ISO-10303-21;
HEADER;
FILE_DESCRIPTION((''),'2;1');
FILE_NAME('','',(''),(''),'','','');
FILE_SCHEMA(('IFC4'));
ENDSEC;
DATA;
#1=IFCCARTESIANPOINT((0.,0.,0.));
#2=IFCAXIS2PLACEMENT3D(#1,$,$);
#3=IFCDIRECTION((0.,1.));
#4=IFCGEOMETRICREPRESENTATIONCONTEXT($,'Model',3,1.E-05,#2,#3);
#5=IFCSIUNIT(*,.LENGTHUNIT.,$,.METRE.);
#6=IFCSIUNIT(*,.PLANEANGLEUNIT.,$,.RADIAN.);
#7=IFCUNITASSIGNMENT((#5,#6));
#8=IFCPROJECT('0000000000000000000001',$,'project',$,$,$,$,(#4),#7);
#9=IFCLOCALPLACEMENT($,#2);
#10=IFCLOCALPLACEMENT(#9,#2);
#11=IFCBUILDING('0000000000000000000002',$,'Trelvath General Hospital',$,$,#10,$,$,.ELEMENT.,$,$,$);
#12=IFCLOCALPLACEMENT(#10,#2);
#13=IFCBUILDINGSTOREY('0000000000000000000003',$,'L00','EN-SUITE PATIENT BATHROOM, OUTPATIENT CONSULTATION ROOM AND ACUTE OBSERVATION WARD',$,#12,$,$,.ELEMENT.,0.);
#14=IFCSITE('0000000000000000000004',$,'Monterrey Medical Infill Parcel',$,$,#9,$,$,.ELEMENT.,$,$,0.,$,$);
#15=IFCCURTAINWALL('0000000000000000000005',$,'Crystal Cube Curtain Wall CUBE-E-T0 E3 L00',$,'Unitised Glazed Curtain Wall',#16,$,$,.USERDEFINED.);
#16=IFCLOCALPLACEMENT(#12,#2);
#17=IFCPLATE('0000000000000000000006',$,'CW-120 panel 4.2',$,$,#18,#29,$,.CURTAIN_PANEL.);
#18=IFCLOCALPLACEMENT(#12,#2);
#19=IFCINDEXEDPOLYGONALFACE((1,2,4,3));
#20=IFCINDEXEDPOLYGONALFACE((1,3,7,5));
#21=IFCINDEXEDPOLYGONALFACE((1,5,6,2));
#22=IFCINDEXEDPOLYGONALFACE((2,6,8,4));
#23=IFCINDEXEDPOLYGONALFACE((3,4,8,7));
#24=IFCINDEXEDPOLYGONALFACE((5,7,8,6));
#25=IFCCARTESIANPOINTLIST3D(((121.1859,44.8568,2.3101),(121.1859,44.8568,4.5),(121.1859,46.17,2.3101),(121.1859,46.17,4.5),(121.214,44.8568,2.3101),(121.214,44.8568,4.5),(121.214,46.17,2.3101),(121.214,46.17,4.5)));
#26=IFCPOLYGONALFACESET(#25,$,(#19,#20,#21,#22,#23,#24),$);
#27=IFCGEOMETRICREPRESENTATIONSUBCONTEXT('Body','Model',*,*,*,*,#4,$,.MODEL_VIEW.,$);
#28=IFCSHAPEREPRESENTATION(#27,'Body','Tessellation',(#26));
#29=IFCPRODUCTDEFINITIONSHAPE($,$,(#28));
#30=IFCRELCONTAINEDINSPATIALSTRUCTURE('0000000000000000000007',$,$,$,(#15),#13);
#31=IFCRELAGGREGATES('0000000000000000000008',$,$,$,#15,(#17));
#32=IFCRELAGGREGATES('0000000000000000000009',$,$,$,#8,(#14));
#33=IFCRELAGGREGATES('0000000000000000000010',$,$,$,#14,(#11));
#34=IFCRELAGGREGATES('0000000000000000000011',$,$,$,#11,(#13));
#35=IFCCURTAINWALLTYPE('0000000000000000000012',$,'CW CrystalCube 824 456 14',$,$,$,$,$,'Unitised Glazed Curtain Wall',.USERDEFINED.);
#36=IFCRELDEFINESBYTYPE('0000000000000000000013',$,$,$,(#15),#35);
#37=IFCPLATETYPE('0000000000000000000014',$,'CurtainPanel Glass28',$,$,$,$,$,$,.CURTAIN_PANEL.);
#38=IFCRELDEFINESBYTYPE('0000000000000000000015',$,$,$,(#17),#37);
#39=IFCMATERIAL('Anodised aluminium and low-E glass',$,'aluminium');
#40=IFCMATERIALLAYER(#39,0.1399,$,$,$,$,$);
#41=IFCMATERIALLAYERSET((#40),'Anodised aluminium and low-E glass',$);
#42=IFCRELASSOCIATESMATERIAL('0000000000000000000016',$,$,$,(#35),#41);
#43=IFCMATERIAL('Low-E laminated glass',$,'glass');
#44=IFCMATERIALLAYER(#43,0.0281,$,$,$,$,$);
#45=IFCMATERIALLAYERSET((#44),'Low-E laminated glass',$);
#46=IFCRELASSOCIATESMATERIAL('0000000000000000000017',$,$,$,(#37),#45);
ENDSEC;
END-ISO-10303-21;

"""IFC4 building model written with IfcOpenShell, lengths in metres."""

from ifc_helpers import new_model, si_unit, direction, frame, origin, origin_2d, place, context, subcontext, project, spatial, rectangle, extrude, material, layer, layer_set, type_object, element, aggregate, save


model = new_model("IFC4")

# Units and contexts
model_context = context("Model", 3, precision=1e-05, world=origin(), true_north=direction((0.0, 1.0)))
body_context = subcontext(model_context, "Body", "Model", "MODEL_VIEW")
ifc_project = project(units=[si_unit("LENGTHUNIT", "METRE"), si_unit("PLANEANGLEUNIT", "RADIAN")], contexts=[model_context])

# Site, building, storey
site_placement = place(None, origin())
site = spatial("IfcSite", under=ifc_project, at=site_placement, Name="Monterrey Medical Infill Parcel", CompositionType="ELEMENT", RefElevation=0.0)
building_placement = place(site_placement, origin())
building = spatial("IfcBuilding", under=site, at=building_placement, Name="Trelvath General Hospital", CompositionType="ELEMENT")
storey_placement = place(building_placement, origin())
storey = spatial("IfcBuildingStorey", under=building, at=storey_placement, Name="L00", Description="EN-SUITE PATIENT BATHROOM, OUTPATIENT CONSULTATION ROOM AND ACUTE OBSERVATION WARD", CompositionType="ELEMENT", Elevation=0.0)

# Curtain wall, plate
ifc_material_1 = material(Name="Anodised aluminium and low-E glass", Category="aluminium")
ifc_layer_1 = layer(ifc_material_1, 0.1399)
ifc_layer_set_1 = layer_set([ifc_layer_1], Name="Anodised aluminium and low-E glass")
curtain_wall_type = type_object("IfcCurtainWallType", Name="CW CrystalCube 824 456 14", ElementType="Unitised Glazed Curtain Wall", PredefinedType="USERDEFINED", material=ifc_layer_set_1)
curtain_wall_placement = place(storey_placement, origin())
curtain_wall = element("IfcCurtainWall", 1, at=curtain_wall_placement, inside=storey, type_object=curtain_wall_type, Name="Crystal Cube Curtain Wall CUBE-E-T0 E3 L00", ObjectType="Unitised Glazed Curtain Wall", PredefinedType="USERDEFINED")
ifc_material_2 = material(Name="Low-E laminated glass", Category="glass")
ifc_layer_2 = layer(ifc_material_2, 0.0281)
ifc_layer_set_2 = layer_set([ifc_layer_2], Name="Low-E laminated glass")
plate_type = type_object("IfcPlateType", Name="CurtainPanel Glass28", PredefinedType="CURTAIN_PANEL", material=ifc_layer_set_2)
plate_1_placement = place(storey_placement, frame((121.2, 45.5134, 2.3101), z_axis=(0.0, 0.0, 1.0), x_axis=(0.0, -1.0, 0.0)))
plate_1 = element("IfcPlate", 2, at=plate_1_placement, type_object=plate_type, Name="CW-120 panel 4.2", PredefinedType="CURTAIN_PANEL", context=body_context, shape_type="SweptSolid", body=[
    extrude(rectangle(XDim=1.3132, YDim=0.0281, at=origin_2d()), origin(), (0.0, 0.0, 1.0), 2.1899),
])
aggregate(curtain_wall, [plate_1])

save(model, "model.ifc")
